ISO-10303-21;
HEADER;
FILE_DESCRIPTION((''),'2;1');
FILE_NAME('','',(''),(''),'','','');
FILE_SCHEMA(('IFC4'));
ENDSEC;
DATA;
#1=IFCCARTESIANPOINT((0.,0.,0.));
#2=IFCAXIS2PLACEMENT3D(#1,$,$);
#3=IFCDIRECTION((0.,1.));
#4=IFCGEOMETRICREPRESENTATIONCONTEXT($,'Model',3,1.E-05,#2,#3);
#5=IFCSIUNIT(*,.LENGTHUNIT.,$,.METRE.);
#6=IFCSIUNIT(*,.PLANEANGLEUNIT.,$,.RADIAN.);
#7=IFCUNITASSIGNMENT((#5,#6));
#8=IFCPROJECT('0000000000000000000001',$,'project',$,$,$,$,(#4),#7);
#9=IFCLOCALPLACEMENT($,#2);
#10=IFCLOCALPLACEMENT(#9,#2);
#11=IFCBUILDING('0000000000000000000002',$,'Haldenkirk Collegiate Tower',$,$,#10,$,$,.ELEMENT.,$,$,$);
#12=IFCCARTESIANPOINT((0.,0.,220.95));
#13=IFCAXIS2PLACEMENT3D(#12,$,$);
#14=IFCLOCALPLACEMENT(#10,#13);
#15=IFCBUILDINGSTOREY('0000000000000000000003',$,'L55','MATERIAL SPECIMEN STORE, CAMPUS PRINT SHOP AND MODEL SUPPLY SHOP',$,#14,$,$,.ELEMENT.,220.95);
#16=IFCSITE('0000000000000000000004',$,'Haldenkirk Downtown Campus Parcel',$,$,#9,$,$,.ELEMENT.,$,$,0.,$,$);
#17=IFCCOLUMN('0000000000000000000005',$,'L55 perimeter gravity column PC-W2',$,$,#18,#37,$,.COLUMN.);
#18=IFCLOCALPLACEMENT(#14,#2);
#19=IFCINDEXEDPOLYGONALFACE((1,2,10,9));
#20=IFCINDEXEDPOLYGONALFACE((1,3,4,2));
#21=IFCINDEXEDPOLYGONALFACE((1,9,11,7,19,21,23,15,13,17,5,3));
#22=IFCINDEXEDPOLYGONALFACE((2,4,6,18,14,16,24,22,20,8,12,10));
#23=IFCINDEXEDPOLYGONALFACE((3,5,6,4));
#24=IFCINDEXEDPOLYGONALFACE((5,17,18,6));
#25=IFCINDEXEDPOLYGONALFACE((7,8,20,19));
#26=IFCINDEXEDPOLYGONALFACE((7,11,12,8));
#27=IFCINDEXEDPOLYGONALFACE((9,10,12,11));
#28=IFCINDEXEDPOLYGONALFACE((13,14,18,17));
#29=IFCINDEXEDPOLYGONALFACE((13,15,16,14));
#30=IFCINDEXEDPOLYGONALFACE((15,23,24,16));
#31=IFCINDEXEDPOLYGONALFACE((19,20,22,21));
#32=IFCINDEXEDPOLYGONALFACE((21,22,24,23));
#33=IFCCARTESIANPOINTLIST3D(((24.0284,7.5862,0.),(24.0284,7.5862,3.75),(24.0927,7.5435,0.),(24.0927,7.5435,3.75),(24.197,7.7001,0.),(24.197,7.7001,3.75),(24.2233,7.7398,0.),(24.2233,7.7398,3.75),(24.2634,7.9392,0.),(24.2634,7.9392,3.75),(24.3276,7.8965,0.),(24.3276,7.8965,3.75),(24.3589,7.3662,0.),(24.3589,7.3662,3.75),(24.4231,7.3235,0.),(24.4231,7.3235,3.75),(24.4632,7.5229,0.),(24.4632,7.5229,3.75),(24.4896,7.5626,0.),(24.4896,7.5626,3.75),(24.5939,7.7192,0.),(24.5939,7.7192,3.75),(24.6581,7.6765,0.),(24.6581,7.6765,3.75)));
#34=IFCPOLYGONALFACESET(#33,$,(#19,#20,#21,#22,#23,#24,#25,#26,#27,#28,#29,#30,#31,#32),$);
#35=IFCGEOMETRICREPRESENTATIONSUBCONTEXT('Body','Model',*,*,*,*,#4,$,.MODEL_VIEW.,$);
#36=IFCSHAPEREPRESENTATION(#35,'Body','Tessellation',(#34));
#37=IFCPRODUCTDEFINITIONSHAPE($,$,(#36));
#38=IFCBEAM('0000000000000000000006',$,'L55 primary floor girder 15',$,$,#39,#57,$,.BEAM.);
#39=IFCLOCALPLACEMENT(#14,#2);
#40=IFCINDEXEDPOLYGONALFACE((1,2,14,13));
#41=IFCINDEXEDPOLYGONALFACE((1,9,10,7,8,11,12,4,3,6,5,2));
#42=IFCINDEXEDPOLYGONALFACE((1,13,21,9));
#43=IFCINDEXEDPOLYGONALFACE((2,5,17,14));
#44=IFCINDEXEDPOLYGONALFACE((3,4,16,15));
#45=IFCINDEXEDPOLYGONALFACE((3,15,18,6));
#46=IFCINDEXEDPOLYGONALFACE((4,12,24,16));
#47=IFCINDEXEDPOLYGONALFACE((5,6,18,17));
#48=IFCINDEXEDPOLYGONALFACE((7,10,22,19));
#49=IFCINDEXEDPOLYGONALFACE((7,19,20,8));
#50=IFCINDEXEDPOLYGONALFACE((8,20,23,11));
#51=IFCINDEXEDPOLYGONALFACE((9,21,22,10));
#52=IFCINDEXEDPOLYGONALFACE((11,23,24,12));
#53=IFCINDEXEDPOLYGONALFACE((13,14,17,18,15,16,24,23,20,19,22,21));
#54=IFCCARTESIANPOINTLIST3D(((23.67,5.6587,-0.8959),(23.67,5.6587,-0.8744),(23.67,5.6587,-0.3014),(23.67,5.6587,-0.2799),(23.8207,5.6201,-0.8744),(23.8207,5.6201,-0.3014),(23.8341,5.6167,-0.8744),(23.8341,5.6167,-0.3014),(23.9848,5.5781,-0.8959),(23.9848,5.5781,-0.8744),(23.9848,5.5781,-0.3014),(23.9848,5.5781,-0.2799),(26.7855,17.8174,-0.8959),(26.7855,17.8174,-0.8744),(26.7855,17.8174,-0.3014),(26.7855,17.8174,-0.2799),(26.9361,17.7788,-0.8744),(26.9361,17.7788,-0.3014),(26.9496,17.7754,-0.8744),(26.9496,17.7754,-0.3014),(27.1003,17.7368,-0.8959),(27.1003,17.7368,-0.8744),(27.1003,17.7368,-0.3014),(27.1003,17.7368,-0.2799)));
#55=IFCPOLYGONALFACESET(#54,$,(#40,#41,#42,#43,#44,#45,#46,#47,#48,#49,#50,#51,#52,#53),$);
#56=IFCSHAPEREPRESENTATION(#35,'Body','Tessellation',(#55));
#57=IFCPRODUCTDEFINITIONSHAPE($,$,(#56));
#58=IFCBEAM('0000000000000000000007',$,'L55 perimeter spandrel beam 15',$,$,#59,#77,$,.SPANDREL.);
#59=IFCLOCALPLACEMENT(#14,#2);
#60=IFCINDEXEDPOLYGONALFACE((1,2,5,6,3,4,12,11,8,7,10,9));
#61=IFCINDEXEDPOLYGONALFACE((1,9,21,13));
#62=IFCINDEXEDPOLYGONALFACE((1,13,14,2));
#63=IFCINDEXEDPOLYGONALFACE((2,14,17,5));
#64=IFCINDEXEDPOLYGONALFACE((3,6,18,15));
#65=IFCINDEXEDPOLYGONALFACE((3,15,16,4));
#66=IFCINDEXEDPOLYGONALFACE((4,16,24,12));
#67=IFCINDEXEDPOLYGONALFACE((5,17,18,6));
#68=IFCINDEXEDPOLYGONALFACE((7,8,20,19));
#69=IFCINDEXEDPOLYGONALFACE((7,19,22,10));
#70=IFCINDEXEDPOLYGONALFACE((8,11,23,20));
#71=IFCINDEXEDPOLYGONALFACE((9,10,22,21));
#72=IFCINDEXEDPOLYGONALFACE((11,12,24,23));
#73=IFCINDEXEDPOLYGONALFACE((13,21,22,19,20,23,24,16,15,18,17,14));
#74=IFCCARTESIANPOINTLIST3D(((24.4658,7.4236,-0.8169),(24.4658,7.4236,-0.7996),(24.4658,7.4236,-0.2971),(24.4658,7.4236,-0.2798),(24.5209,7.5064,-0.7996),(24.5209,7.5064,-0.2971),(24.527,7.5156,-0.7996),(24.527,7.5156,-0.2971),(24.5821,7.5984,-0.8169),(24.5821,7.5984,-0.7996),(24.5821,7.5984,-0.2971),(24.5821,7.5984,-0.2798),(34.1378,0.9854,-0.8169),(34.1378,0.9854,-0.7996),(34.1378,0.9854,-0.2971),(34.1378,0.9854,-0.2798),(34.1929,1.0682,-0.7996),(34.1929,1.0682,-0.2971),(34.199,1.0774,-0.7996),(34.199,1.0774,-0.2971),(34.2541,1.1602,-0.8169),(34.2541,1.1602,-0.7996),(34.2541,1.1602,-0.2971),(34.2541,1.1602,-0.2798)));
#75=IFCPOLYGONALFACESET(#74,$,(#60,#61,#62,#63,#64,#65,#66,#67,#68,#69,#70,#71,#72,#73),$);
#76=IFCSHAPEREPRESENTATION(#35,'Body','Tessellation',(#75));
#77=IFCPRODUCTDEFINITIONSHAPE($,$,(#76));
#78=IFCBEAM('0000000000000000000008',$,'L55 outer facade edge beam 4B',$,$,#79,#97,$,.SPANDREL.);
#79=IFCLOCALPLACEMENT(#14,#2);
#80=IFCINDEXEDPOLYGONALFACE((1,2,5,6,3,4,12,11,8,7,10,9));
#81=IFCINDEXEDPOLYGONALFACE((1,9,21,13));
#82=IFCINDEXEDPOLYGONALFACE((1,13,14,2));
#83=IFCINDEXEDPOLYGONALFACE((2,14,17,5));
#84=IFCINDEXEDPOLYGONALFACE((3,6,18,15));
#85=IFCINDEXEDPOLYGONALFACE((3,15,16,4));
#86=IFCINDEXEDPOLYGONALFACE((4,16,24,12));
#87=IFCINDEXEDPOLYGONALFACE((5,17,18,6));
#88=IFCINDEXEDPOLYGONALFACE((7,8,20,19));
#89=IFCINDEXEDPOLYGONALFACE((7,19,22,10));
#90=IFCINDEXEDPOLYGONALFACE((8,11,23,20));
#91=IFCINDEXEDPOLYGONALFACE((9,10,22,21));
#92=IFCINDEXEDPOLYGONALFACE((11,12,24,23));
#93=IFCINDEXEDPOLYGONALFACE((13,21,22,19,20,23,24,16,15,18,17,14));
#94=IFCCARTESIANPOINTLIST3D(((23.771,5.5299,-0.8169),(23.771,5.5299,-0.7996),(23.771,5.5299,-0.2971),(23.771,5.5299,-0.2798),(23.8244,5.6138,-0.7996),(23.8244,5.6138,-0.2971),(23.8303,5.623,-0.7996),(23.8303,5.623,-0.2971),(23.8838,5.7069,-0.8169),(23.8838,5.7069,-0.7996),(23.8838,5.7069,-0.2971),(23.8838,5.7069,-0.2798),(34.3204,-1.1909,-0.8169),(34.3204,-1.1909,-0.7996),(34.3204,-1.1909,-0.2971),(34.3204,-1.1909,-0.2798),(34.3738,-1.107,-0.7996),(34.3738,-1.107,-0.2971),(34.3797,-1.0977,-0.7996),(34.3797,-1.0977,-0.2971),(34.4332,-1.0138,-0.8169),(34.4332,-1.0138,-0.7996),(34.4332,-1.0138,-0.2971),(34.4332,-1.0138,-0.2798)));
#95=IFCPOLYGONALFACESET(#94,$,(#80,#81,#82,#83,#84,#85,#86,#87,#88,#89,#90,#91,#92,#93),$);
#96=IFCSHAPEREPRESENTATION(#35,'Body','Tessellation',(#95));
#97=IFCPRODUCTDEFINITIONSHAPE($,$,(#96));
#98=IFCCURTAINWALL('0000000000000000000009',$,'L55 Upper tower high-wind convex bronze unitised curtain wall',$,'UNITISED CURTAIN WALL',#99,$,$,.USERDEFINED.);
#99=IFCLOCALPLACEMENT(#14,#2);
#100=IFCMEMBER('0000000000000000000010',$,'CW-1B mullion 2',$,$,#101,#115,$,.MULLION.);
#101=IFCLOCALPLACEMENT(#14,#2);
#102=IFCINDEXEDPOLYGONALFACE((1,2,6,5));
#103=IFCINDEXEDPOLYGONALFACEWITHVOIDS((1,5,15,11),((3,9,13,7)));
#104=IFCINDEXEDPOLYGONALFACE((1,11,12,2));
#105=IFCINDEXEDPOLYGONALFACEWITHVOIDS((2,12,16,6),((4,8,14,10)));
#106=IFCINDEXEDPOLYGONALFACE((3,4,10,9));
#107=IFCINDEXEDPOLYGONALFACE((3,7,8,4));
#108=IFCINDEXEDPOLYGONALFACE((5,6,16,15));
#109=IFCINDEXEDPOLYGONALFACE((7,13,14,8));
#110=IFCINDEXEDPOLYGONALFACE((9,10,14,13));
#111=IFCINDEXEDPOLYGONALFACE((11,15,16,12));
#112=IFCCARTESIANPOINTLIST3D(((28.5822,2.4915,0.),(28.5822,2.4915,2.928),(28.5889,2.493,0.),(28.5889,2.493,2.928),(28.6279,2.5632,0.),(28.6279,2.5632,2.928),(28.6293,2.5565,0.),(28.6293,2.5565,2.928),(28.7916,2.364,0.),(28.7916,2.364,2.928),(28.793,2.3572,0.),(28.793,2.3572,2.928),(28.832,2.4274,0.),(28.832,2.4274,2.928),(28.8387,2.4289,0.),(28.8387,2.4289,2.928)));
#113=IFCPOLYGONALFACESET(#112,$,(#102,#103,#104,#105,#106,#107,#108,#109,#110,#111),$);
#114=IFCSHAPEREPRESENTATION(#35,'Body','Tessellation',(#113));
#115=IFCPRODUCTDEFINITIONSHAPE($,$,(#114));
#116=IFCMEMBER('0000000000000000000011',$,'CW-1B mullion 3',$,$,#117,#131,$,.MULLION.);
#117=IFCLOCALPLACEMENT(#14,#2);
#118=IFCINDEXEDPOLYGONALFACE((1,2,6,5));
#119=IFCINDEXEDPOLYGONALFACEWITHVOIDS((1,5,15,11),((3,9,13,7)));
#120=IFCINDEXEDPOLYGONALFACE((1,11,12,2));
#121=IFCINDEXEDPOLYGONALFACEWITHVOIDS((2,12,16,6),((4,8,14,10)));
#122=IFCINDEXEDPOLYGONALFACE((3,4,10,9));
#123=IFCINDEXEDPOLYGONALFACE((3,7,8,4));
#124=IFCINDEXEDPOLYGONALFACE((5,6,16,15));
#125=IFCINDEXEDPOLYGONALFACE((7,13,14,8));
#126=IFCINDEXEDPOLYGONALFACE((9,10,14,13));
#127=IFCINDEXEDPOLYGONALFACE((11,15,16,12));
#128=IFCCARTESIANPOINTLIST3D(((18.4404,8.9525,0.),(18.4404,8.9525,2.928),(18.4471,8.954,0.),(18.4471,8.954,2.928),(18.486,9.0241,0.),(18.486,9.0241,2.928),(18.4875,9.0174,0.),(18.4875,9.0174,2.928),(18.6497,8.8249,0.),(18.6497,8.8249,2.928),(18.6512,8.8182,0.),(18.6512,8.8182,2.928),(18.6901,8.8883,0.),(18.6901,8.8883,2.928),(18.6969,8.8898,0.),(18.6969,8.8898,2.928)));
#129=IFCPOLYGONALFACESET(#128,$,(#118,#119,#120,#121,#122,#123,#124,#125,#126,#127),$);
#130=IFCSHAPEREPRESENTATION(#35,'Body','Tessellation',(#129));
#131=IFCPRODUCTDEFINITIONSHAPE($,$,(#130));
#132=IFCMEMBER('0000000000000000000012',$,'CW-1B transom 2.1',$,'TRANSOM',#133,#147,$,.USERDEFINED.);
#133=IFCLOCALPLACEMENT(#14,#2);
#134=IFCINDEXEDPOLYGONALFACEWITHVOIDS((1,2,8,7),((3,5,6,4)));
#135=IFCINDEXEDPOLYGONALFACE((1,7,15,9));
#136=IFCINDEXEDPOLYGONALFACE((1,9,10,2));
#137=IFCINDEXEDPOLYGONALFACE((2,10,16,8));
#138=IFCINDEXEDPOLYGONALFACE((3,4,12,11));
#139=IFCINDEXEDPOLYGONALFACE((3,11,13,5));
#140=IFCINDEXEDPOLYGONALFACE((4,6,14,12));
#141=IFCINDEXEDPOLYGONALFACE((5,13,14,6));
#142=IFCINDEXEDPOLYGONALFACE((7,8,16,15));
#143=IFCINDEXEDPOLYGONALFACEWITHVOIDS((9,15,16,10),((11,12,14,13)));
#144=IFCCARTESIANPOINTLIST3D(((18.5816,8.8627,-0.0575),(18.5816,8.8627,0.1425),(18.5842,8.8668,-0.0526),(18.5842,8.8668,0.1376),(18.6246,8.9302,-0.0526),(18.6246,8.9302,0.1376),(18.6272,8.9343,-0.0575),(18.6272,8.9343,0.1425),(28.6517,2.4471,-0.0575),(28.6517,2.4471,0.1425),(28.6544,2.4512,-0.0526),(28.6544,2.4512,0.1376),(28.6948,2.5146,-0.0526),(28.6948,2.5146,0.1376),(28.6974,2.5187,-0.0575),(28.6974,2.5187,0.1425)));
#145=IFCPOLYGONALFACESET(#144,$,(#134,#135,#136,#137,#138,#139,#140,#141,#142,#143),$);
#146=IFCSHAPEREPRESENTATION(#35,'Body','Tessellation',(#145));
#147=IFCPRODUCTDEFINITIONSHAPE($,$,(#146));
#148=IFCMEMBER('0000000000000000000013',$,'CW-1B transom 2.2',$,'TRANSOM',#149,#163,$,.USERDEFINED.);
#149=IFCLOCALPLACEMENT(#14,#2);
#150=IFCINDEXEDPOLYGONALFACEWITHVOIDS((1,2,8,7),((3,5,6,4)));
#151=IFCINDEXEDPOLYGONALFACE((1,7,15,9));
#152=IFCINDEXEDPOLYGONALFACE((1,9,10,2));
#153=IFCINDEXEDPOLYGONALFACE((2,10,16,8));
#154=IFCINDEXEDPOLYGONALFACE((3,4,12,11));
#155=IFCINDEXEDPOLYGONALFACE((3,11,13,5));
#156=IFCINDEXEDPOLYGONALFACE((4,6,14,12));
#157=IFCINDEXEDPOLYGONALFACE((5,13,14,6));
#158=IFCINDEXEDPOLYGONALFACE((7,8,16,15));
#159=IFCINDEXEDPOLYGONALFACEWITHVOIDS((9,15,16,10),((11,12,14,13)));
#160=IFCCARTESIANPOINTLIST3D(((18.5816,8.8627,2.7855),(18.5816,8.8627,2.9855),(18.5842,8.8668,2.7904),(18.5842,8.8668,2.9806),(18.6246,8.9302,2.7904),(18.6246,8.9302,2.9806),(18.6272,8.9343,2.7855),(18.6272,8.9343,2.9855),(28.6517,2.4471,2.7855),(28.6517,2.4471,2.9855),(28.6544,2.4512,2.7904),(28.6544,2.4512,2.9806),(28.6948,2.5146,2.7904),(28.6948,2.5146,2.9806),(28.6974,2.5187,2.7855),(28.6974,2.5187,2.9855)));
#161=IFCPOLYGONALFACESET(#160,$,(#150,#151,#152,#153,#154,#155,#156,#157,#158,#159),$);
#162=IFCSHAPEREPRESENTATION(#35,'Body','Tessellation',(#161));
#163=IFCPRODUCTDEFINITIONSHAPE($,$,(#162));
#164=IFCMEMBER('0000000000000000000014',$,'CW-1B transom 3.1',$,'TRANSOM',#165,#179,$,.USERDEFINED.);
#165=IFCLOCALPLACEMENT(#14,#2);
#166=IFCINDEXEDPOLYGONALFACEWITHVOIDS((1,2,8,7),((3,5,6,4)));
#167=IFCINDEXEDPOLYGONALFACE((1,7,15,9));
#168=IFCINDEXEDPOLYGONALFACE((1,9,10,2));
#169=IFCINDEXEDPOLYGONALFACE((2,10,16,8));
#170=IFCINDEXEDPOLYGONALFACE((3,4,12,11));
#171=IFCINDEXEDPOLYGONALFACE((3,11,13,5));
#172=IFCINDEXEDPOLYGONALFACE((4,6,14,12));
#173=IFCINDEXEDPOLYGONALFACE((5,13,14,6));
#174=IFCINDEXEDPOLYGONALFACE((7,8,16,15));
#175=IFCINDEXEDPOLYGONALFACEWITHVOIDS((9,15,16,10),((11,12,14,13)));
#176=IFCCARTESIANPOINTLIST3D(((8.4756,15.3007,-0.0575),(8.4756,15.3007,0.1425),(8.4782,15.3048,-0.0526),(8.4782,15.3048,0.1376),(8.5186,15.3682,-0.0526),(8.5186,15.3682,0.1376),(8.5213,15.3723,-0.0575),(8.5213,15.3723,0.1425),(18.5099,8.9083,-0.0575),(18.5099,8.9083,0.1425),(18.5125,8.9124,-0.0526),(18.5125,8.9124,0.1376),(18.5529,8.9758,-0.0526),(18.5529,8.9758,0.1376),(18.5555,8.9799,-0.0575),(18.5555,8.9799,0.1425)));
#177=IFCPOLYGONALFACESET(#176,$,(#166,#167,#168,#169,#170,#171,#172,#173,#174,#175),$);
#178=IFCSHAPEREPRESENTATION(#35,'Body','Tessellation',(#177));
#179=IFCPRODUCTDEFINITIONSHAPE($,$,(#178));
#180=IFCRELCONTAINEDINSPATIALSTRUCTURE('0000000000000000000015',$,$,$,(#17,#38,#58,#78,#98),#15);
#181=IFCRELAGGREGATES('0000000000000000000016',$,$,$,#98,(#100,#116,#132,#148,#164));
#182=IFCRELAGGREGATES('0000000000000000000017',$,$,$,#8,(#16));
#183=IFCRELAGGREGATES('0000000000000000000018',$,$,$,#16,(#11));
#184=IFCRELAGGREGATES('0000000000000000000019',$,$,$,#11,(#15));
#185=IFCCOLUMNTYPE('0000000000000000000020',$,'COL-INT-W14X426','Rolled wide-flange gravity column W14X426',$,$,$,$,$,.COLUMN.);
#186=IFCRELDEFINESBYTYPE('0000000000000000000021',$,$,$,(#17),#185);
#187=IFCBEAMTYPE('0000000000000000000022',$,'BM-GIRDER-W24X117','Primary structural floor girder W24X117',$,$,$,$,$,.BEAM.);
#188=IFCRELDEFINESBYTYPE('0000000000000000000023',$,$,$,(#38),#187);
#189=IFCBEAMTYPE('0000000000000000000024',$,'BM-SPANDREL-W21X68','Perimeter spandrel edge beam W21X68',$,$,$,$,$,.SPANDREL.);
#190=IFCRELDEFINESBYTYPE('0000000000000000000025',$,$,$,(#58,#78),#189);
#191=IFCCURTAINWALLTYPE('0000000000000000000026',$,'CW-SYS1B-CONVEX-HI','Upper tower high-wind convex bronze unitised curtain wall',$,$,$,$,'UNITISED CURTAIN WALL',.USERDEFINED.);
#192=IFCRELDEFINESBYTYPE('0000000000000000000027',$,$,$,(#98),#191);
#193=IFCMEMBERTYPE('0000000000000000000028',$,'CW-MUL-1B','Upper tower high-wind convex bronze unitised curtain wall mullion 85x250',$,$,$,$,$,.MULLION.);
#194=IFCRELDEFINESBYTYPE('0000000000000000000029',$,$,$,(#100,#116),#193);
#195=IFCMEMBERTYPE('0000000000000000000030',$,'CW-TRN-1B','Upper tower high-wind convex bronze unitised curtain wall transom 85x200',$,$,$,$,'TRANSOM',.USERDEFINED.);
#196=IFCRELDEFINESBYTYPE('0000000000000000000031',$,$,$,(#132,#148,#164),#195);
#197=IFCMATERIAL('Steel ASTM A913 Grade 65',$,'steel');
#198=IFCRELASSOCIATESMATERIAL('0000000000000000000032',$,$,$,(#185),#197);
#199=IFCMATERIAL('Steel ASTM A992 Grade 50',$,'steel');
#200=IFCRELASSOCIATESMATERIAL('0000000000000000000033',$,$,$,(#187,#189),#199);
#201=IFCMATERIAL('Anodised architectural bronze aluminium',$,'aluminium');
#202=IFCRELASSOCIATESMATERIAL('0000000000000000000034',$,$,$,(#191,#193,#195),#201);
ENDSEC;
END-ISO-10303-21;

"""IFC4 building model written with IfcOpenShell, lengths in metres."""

from ifc_helpers import new_model, si_unit, direction, frame, origin, origin_2d, place, context, subcontext, project, spatial, hollow_rectangle, i_section, extrude, material, material_profile, profile_set, type_object, element, aggregate, save


model = new_model("IFC4")

# Units and contexts
model_context = context("Model", 3, precision=1e-05, world=origin(), true_north=direction((0.0, 1.0)))
body_context = subcontext(model_context, "Body", "Model", "MODEL_VIEW")
ifc_project = project(units=[si_unit("LENGTHUNIT", "METRE"), si_unit("PLANEANGLEUNIT", "RADIAN")], contexts=[model_context])

# Site, building, storey
site_placement = place(None, origin())
site = spatial("IfcSite", under=ifc_project, at=site_placement, Name="Haldenkirk Downtown Campus Parcel", CompositionType="ELEMENT", RefElevation=0.0)
building_placement = place(site_placement, origin())
building = spatial("IfcBuilding", under=site, at=building_placement, Name="Haldenkirk Collegiate Tower", CompositionType="ELEMENT")
storey_placement = place(building_placement, frame((0.0, 0.0, 220.95)))
storey = spatial("IfcBuildingStorey", under=building, at=storey_placement, Name="L55", Description="MATERIAL SPECIMEN STORE, CAMPUS PRINT SHOP AND MODEL SUPPLY SHOP", CompositionType="ELEMENT", Elevation=220.95)

# Column
ifc_material_1 = material(Name="Steel ASTM A913 Grade 65", Category="steel")
ifc_material_profile_1 = material_profile(ifc_material_1, i_section(OverallWidth=0.4241, OverallDepth=0.4741, WebThickness=0.0476, FlangeThickness=0.0771, at=origin_2d()), Name="W14X426")
ifc_profile_set_1 = profile_set([ifc_material_profile_1], Name="Steel ASTM A913 Grade 65")
column_type = type_object("IfcColumnType", Name="COL-INT-W14X426", Description="Rolled wide-flange gravity column W14X426", PredefinedType="COLUMN", material=ifc_profile_set_1)
column_placement = place(storey_placement, frame((24.3433, 7.6313, 0.0), z_axis=(0.0, 0.0, 1.0), x_axis=(0.554118, 0.832438, 0.0)))
element("IfcColumn", 1, at=column_placement, inside=storey, type_object=column_type, Name="L55 perimeter gravity column PC-W2", PredefinedType="COLUMN", context=body_context, shape_type="SweptSolid", body=[
    extrude(i_section(OverallWidth=0.4241, OverallDepth=0.4741, WebThickness=0.0476, FlangeThickness=0.0771, at=origin_2d()), origin(), (0.0, 0.0, 1.0), 3.75),
])

# Beams
ifc_material_2 = material(Name="Steel ASTM A992 Grade 50", Category="steel")
ifc_material_profile_2 = material_profile(ifc_material_2, i_section(OverallWidth=0.325, OverallDepth=0.616, WebThickness=0.0139, FlangeThickness=0.0215, at=origin_2d()), Name="W24X117")
ifc_profile_set_2 = profile_set([ifc_material_profile_2], Name="Steel ASTM A992 Grade 50")
beam_type_1 = type_object("IfcBeamType", Name="BM-GIRDER-W24X117", Description="Primary structural floor girder W24X117", PredefinedType="BEAM", material=ifc_profile_set_2)
beam_1_placement = place(storey_placement, frame((23.8274, 5.6184, -0.5879), z_axis=(0.248216, 0.968705, 0.0), x_axis=(-0.968705, 0.248216, 0.0)))
element("IfcBeam", 2, at=beam_1_placement, inside=storey, type_object=beam_type_1, Name="L55 primary floor girder 15", PredefinedType="BEAM", context=body_context, shape_type="SweptSolid", body=[
    extrude(i_section(OverallWidth=0.325, OverallDepth=0.616, WebThickness=0.0139, FlangeThickness=0.0215, at=origin_2d()), origin(), (0.0, 0.0, 1.0), 12.5515),
])
ifc_material_profile_3 = material_profile(ifc_material_2, i_section(OverallWidth=0.21, OverallDepth=0.5371, WebThickness=0.011, FlangeThickness=0.0173, at=origin_2d()), Name="W21X68")
ifc_profile_set_3 = profile_set([ifc_material_profile_3], Name="Steel ASTM A992 Grade 50")
beam_type_2 = type_object("IfcBeamType", Name="BM-SPANDREL-W21X68", Description="Perimeter spandrel edge beam W21X68", PredefinedType="SPANDREL", material=ifc_profile_set_3)
beam_2_placement = place(storey_placement, frame((24.5239, 7.511, -0.5483), z_axis=(0.832441, -0.554113, 0.0), x_axis=(0.554113, 0.832441, 0.0)))
element("IfcBeam", 3, at=beam_2_placement, inside=storey, type_object=beam_type_2, Name="L55 perimeter spandrel beam 15", PredefinedType="SPANDREL", context=body_context, shape_type="SweptSolid", body=[
    extrude(i_section(OverallWidth=0.21, OverallDepth=0.5371, WebThickness=0.011, FlangeThickness=0.0173, at=origin_2d()), origin(), (0.0, 0.0, 1.0), 11.6189),
])
beam_3_placement = place(storey_placement, frame((23.8274, 5.6184, -0.5483), z_axis=(0.84339, -0.537302, 0.0), x_axis=(0.537302, 0.84339, 0.0)))
element("IfcBeam", 4, at=beam_3_placement, inside=storey, type_object=beam_type_2, Name="L55 outer facade edge beam 4B", PredefinedType="SPANDREL", context=body_context, shape_type="SweptSolid", body=[
    extrude(i_section(OverallWidth=0.21, OverallDepth=0.5371, WebThickness=0.011, FlangeThickness=0.0173, at=origin_2d()), origin(), (0.0, 0.0, 1.0), 12.5083),
])

# Curtain wall, members
ifc_material_3 = material(Name="Anodised architectural bronze aluminium", Category="aluminium")
curtain_wall_type = type_object("IfcCurtainWallType", Name="CW-SYS1B-CONVEX-HI", Description="Upper tower high-wind convex bronze unitised curtain wall", ElementType="UNITISED CURTAIN WALL", PredefinedType="USERDEFINED", material=ifc_material_3)
curtain_wall_placement = place(storey_placement, origin())
curtain_wall = element("IfcCurtainWall", 5, at=curtain_wall_placement, inside=storey, type_object=curtain_wall_type, Name="L55 Upper tower high-wind convex bronze unitised curtain wall", ObjectType="UNITISED CURTAIN WALL", PredefinedType="USERDEFINED")
ifc_material_profile_4 = material_profile(ifc_material_3, hollow_rectangle(XDim=0.085, YDim=0.25, WallThickness=0.0049, at=origin_2d()), Name="CW-MUL-1B")
ifc_profile_set_4 = profile_set([ifc_material_profile_4], Name="Anodised architectural bronze aluminium")
member_type_1 = type_object("IfcMemberType", Name="CW-MUL-1B", Description="Upper tower high-wind convex bronze unitised curtain wall mullion 85x250", PredefinedType="MULLION", material=ifc_profile_set_4)
member_1_placement = place(storey_placement, frame((28.7104, 2.4602, 0.0), z_axis=(0.0, 0.0, 1.0), x_axis=(-0.537301, -0.843391, 0.0)))
member_1 = element("IfcMember", 6, at=member_1_placement, type_object=member_type_1, Name="CW-1B mullion 2", PredefinedType="MULLION", context=body_context, shape_type="SweptSolid", body=[
    extrude(hollow_rectangle(XDim=0.085, YDim=0.25, WallThickness=0.0049, at=origin_2d()), origin(), (0.0, 0.0, 1.0), 2.928),
])
member_2_placement = place(storey_placement, frame((18.5686, 8.9211, 0.0), z_axis=(0.0, 0.0, 1.0), x_axis=(-0.537301, -0.843391, 0.0)))
member_2 = element("IfcMember", 7, at=member_2_placement, type_object=member_type_1, Name="CW-1B mullion 3", PredefinedType="MULLION", context=body_context, shape_type="SweptSolid", body=[
    extrude(hollow_rectangle(XDim=0.085, YDim=0.25, WallThickness=0.0049, at=origin_2d()), origin(), (0.0, 0.0, 1.0), 2.928),
])
ifc_material_profile_5 = material_profile(ifc_material_3, hollow_rectangle(XDim=0.085, YDim=0.2, WallThickness=0.0049, at=origin_2d()), Name="CW-TRN-1B")
ifc_profile_set_5 = profile_set([ifc_material_profile_5], Name="Anodised architectural bronze aluminium")
member_type_2 = type_object("IfcMemberType", Name="CW-TRN-1B", Description="Upper tower high-wind convex bronze unitised curtain wall transom 85x200", ElementType="TRANSOM", PredefinedType="USERDEFINED", material=ifc_profile_set_5)
member_3_placement = place(storey_placement, frame((28.6746, 2.4829, 0.0425), z_axis=(-0.843384, 0.537311, 0.0), x_axis=(-0.537311, -0.843384, 0.0)))
member_3 = element("IfcMember", 8, at=member_3_placement, type_object=member_type_2, Name="CW-1B transom 2.1", ObjectType="TRANSOM", PredefinedType="USERDEFINED", context=body_context, shape_type="SweptSolid", body=[
    extrude(hollow_rectangle(XDim=0.085, YDim=0.2, WallThickness=0.0049, at=origin_2d()), origin(), (0.0, 0.0, 1.0), 11.9402),
])
member_4_placement = place(storey_placement, frame((28.6746, 2.4829, 2.8855), z_axis=(-0.843384, 0.537311, 0.0), x_axis=(-0.537311, -0.843384, 0.0)))
member_4 = element("IfcMember", 9, at=member_4_placement, type_object=member_type_2, Name="CW-1B transom 2.2", ObjectType="TRANSOM", PredefinedType="USERDEFINED", context=body_context, shape_type="SweptSolid", body=[
    extrude(hollow_rectangle(XDim=0.085, YDim=0.2, WallThickness=0.0049, at=origin_2d()), origin(), (0.0, 0.0, 1.0), 11.9402),
])
member_5_placement = place(storey_placement, frame((18.5327, 8.9441, 0.0425), z_axis=(-0.843397, 0.537291, 0.0), x_axis=(-0.537291, -0.843397, 0.0)))
member_5 = element("IfcMember", 10, at=member_5_placement, type_object=member_type_2, Name="CW-1B transom 3.1", ObjectType="TRANSOM", PredefinedType="USERDEFINED", context=body_context, shape_type="SweptSolid", body=[
    extrude(hollow_rectangle(XDim=0.085, YDim=0.2, WallThickness=0.0049, at=origin_2d()), origin(), (0.0, 0.0, 1.0), 11.8975),
])
aggregate(curtain_wall, [member_1, member_2, member_3, member_4, member_5])

save(model, "model.ifc")
